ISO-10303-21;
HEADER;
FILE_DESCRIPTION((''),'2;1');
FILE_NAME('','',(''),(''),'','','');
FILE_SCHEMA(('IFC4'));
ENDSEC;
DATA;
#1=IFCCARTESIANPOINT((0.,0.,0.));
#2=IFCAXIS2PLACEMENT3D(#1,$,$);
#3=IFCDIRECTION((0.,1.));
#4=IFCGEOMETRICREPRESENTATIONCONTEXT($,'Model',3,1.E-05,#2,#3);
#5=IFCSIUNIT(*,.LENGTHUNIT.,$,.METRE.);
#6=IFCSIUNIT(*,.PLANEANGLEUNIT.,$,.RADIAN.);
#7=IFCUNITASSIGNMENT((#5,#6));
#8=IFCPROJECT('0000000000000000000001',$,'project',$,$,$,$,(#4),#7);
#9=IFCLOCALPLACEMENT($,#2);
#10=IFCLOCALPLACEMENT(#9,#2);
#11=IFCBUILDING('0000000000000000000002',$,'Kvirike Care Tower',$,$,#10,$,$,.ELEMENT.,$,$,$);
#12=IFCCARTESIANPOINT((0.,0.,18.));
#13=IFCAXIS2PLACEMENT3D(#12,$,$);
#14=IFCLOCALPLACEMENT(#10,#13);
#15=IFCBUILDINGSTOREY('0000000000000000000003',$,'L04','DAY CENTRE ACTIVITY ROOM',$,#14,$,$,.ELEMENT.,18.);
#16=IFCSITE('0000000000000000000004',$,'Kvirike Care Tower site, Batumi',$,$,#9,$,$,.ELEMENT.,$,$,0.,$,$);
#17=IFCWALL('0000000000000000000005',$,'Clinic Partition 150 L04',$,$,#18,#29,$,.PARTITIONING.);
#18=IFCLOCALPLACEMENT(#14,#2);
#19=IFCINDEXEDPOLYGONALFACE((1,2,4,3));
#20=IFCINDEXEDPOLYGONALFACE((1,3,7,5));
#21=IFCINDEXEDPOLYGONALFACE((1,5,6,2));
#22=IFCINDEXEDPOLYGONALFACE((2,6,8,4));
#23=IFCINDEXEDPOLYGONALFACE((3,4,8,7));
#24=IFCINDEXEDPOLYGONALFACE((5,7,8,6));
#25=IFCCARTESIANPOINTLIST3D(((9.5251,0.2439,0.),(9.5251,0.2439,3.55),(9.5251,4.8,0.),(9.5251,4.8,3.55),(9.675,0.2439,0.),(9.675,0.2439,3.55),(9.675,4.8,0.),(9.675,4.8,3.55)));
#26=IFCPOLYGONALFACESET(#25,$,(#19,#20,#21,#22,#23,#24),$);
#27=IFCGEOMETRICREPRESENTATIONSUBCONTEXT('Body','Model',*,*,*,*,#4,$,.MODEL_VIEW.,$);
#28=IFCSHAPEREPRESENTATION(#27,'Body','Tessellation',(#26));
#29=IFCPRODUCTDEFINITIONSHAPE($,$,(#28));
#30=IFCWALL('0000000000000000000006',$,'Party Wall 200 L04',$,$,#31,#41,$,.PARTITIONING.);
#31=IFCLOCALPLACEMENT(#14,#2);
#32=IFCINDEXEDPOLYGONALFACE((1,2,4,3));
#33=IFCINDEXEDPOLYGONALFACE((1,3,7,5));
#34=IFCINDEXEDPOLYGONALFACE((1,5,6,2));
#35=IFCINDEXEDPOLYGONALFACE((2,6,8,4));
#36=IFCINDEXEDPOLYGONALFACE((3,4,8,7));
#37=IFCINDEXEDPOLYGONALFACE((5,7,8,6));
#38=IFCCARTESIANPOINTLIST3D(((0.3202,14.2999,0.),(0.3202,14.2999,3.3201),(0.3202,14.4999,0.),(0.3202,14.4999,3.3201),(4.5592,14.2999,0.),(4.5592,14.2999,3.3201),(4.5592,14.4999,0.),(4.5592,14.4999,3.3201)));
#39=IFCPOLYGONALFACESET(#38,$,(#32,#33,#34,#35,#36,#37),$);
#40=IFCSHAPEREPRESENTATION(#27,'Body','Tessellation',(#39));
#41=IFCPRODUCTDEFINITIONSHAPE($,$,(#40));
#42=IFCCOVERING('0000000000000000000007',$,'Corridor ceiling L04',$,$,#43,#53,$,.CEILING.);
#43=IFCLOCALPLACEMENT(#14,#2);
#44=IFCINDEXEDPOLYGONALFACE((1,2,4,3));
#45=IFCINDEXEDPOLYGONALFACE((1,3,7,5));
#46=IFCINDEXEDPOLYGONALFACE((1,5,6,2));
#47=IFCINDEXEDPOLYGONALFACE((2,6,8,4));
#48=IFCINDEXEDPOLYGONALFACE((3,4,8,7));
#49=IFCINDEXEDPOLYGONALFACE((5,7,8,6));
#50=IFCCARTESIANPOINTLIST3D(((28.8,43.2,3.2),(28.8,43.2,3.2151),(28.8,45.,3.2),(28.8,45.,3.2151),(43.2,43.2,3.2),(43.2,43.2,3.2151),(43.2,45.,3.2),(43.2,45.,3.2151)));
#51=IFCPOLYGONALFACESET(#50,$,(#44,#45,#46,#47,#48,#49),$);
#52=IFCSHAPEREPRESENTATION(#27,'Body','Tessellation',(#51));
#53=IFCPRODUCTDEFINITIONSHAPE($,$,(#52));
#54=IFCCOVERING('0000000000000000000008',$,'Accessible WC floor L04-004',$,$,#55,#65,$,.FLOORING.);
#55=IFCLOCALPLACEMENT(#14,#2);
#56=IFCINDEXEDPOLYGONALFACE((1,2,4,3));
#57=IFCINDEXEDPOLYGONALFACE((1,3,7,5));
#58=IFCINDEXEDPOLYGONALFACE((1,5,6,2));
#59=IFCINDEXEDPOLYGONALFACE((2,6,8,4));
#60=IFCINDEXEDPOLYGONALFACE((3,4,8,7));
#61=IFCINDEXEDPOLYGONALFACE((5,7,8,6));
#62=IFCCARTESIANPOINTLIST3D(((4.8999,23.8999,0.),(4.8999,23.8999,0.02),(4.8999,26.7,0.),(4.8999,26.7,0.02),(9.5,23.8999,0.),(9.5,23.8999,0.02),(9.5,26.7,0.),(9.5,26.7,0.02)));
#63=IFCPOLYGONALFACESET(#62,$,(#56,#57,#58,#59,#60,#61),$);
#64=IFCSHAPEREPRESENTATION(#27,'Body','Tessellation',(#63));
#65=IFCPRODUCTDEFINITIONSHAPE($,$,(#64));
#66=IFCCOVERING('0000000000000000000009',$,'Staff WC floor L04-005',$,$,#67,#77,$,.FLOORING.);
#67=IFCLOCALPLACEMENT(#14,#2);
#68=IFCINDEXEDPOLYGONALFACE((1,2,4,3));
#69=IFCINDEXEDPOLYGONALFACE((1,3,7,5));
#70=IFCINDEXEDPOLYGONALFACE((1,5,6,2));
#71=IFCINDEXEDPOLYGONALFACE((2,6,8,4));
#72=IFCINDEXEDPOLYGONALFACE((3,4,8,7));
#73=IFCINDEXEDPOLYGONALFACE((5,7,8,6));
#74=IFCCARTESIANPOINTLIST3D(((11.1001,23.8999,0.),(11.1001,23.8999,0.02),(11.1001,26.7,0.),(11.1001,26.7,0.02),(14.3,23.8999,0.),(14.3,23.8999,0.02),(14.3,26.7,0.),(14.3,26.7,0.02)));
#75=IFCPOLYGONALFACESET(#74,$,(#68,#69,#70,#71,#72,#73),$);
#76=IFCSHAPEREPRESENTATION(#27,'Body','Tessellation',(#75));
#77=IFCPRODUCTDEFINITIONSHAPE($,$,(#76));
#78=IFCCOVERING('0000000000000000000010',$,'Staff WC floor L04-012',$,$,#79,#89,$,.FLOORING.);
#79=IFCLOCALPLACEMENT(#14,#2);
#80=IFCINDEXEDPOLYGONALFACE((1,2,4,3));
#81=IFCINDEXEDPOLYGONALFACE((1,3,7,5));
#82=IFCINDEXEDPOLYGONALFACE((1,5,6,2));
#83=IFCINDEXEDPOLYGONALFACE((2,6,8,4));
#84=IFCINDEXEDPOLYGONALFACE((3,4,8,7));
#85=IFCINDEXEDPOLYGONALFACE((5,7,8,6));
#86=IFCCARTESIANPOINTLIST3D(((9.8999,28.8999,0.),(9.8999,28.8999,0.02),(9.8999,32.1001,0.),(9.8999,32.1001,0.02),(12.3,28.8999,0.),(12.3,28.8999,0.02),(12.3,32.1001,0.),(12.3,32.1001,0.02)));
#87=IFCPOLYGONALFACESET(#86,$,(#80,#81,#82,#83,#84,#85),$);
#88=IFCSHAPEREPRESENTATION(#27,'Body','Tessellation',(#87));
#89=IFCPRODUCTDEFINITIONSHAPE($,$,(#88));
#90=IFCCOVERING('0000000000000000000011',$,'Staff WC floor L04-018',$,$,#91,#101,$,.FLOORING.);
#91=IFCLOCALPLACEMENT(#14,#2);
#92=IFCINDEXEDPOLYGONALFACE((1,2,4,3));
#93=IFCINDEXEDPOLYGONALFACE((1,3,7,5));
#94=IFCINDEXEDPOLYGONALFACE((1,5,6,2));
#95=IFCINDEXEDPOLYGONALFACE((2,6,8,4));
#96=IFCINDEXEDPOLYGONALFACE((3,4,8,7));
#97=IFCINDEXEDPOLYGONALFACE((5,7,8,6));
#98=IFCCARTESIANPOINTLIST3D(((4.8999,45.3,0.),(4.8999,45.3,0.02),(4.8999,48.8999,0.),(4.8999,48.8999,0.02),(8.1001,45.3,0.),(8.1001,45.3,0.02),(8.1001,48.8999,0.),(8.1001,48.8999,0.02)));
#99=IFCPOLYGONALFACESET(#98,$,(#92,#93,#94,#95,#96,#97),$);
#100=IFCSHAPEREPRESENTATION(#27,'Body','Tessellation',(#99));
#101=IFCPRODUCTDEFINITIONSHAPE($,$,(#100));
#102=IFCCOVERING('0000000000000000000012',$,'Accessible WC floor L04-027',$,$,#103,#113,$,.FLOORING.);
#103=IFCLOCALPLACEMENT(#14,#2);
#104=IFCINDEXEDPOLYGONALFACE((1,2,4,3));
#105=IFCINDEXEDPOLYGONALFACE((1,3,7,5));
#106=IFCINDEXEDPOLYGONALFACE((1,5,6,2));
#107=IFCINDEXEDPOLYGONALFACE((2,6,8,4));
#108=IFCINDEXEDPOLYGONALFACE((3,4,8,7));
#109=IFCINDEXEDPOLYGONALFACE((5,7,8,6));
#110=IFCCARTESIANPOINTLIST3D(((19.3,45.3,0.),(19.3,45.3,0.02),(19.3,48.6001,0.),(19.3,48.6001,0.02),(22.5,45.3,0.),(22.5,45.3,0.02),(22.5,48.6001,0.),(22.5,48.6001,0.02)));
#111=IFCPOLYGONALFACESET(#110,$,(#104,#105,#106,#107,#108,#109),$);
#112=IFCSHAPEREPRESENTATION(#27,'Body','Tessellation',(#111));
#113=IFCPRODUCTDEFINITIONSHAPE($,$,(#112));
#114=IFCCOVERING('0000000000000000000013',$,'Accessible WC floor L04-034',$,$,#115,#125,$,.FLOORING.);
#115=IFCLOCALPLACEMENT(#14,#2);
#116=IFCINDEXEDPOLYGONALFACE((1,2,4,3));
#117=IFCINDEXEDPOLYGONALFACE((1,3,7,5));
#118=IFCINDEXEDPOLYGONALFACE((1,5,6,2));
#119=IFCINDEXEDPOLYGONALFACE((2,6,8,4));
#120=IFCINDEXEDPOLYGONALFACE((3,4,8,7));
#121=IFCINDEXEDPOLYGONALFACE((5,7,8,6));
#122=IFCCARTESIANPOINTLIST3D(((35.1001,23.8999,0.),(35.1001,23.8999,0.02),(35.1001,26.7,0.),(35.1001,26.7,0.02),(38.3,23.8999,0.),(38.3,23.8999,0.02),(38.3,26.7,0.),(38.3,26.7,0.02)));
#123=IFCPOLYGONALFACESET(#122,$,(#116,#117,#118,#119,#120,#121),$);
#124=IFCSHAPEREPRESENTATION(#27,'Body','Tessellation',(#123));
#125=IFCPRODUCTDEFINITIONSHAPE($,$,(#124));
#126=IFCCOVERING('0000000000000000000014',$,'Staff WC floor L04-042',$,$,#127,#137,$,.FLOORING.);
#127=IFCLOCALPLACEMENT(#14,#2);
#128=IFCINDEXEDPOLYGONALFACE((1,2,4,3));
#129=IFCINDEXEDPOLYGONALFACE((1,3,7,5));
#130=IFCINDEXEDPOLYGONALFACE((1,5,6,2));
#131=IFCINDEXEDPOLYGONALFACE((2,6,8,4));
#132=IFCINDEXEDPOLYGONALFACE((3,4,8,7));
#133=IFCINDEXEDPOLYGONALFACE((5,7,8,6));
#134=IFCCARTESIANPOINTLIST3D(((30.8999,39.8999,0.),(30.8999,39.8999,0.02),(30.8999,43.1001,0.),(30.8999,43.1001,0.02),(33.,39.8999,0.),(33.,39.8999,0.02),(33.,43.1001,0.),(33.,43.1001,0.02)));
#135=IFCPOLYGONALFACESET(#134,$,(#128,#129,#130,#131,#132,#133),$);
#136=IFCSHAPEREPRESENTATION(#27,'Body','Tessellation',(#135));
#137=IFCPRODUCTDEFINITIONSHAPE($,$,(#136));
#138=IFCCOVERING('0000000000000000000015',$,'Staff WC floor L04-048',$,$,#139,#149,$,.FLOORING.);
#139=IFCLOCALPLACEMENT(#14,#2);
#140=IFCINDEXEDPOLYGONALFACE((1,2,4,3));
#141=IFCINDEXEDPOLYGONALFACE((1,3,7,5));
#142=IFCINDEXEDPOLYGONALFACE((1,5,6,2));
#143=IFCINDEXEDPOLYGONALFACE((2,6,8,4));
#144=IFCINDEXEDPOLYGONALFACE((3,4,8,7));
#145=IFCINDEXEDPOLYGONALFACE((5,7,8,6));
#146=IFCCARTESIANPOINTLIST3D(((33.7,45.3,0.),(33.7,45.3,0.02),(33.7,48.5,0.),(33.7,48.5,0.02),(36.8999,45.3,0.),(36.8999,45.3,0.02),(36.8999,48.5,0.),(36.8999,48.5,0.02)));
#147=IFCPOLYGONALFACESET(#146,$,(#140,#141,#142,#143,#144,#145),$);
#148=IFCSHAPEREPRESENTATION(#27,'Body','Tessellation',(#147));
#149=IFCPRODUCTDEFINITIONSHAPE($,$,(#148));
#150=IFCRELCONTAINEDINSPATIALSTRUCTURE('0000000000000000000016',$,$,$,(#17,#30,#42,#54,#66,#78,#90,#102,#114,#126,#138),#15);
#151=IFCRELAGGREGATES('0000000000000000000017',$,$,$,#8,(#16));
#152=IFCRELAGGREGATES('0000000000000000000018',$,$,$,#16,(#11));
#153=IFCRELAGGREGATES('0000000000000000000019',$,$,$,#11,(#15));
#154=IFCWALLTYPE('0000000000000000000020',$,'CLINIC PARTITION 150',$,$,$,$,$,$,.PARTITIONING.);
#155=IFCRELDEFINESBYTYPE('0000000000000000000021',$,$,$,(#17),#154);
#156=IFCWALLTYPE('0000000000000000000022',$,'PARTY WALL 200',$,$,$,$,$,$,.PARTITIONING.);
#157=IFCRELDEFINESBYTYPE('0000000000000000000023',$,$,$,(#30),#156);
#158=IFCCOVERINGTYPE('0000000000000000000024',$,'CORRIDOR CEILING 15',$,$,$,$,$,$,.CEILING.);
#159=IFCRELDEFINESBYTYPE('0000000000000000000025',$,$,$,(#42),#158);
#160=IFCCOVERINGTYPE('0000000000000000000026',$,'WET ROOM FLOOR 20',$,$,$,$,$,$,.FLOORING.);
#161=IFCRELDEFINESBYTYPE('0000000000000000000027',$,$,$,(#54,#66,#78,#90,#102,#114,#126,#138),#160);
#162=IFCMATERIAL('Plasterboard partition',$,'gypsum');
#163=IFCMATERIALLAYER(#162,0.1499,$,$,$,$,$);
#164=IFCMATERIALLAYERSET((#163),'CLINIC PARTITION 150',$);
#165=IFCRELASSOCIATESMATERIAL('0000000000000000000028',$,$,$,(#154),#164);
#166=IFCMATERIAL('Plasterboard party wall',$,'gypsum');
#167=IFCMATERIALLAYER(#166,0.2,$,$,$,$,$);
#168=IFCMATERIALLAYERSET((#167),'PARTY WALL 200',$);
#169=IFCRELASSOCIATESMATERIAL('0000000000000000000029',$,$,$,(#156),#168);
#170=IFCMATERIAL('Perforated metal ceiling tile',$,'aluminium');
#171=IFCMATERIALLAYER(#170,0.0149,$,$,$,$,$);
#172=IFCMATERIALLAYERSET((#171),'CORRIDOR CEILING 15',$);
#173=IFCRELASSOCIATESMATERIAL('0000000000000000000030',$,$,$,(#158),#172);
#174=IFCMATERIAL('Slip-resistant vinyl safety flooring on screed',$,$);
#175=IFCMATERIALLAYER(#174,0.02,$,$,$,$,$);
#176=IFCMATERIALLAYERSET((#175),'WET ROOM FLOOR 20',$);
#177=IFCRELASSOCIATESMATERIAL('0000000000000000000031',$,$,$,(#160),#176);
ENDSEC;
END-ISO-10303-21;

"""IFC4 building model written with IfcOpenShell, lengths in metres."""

from ifc_helpers import new_model, si_unit, direction, frame, frame_2d, origin, place, context, subcontext, project, spatial, polyline, rectangle, outline, extrude, material, layer, layer_set, type_object, element, save


model = new_model("IFC4")

# Units and contexts
model_context = context("Model", 3, precision=1e-05, world=origin(), true_north=direction((0.0, 1.0)))
body_context = subcontext(model_context, "Body", "Model", "MODEL_VIEW")
ifc_project = project(units=[si_unit("LENGTHUNIT", "METRE"), si_unit("PLANEANGLEUNIT", "RADIAN")], contexts=[model_context])

# Site, building, storey
site_placement = place(None, origin())
site = spatial("IfcSite", under=ifc_project, at=site_placement, Name="Kvirike Care Tower site, Batumi", CompositionType="ELEMENT", RefElevation=0.0)
building_placement = place(site_placement, origin())
building = spatial("IfcBuilding", under=site, at=building_placement, Name="Kvirike Care Tower", CompositionType="ELEMENT")
storey_placement = place(building_placement, frame((0.0, 0.0, 18.0)))
storey = spatial("IfcBuildingStorey", under=building, at=storey_placement, Name="L04", Description="DAY CENTRE ACTIVITY ROOM", CompositionType="ELEMENT", Elevation=18.0)

# Walls
ifc_material_1 = material(Name="Plasterboard partition", Category="gypsum")
ifc_layer_1 = layer(ifc_material_1, 0.1499)
ifc_layer_set_1 = layer_set([ifc_layer_1], Name="CLINIC PARTITION 150")
wall_type_1 = type_object("IfcWallType", Name="CLINIC PARTITION 150", PredefinedType="PARTITIONING", material=ifc_layer_set_1)
wall_1_placement = place(storey_placement, frame((9.6001, 0.2439, 0.0), z_axis=(0.0, 0.0, 1.0), x_axis=(0.0, 1.0, 0.0)))
element("IfcWall", 1, at=wall_1_placement, inside=storey, type_object=wall_type_1, Name="Clinic Partition 150 L04", PredefinedType="PARTITIONING", context=body_context, shape_type="SweptSolid", body=[
    extrude(rectangle(XDim=4.5562, YDim=0.1499, at=frame_2d((2.2781, 0.0))), origin(), (0.0, 0.0, 1.0), 3.55),
])
ifc_material_2 = material(Name="Plasterboard party wall", Category="gypsum")
ifc_layer_2 = layer(ifc_material_2, 0.2)
ifc_layer_set_2 = layer_set([ifc_layer_2], Name="PARTY WALL 200")
wall_type_2 = type_object("IfcWallType", Name="PARTY WALL 200", PredefinedType="PARTITIONING", material=ifc_layer_set_2)
wall_2_placement = place(storey_placement, frame((0.3201, 14.3999, 0.0), z_axis=(0.0, 0.0, 1.0), x_axis=(1.0, 0.0, 0.0)))
element("IfcWall", 2, at=wall_2_placement, inside=storey, type_object=wall_type_2, Name="Party Wall 200 L04", PredefinedType="PARTITIONING", context=body_context, shape_type="SweptSolid", body=[
    extrude(rectangle(XDim=4.239, YDim=0.2, at=frame_2d((2.1196, 0.0))), origin(), (0.0, 0.0, 1.0), 3.3201),
])

# Coverings
ifc_material_3 = material(Name="Perforated metal ceiling tile", Category="aluminium")
ifc_layer_3 = layer(ifc_material_3, 0.0149)
ifc_layer_set_3 = layer_set([ifc_layer_3], Name="CORRIDOR CEILING 15")
covering_type_1 = type_object("IfcCoveringType", Name="CORRIDOR CEILING 15", PredefinedType="CEILING", material=ifc_layer_set_3)
covering_1_placement = place(storey_placement, frame((0.0, 0.0, 3.2)))
element("IfcCovering", 3, at=covering_1_placement, inside=storey, type_object=covering_type_1, Name="Corridor ceiling L04", PredefinedType="CEILING", context=body_context, shape_type="SweptSolid", body=[
    extrude(outline(polyline([(43.2, 45.0), (43.2, 43.2), (28.8, 43.2), (28.8, 45.0), (43.2, 45.0)])), origin(), (0.0, 0.0, 1.0), 0.0151),
])
ifc_material_4 = material(Name="Slip-resistant vinyl safety flooring on screed")
ifc_layer_4 = layer(ifc_material_4, 0.02)
ifc_layer_set_4 = layer_set([ifc_layer_4], Name="WET ROOM FLOOR 20")
covering_type_2 = type_object("IfcCoveringType", Name="WET ROOM FLOOR 20", PredefinedType="FLOORING", material=ifc_layer_set_4)
covering_2_placement = place(storey_placement, origin())
element("IfcCovering", 4, at=covering_2_placement, inside=storey, type_object=covering_type_2, Name="Accessible WC floor L04-004", PredefinedType="FLOORING", context=body_context, shape_type="SweptSolid", body=[
    extrude(outline(polyline([(4.8999, 26.7), (9.5, 26.7), (9.5, 23.8999), (4.8999, 23.8999), (4.8999, 26.7)])), origin(), (0.0, 0.0, 1.0), 0.02),
])
covering_3_placement = place(storey_placement, origin())
element("IfcCovering", 5, at=covering_3_placement, inside=storey, type_object=covering_type_2, Name="Staff WC floor L04-005", PredefinedType="FLOORING", context=body_context, shape_type="SweptSolid", body=[
    extrude(outline(polyline([(11.1001, 26.7), (14.3, 26.7), (14.3, 23.8999), (11.1001, 23.8999), (11.1001, 26.7)])), origin(), (0.0, 0.0, 1.0), 0.02),
])
covering_4_placement = place(storey_placement, origin())
element("IfcCovering", 6, at=covering_4_placement, inside=storey, type_object=covering_type_2, Name="Staff WC floor L04-012", PredefinedType="FLOORING", context=body_context, shape_type="SweptSolid", body=[
    extrude(outline(polyline([(12.3, 32.1001), (12.3, 28.8999), (9.8999, 28.8999), (9.8999, 32.1001), (12.3, 32.1001)])), origin(), (0.0, 0.0, 1.0), 0.02),
])
covering_5_placement = place(storey_placement, origin())
element("IfcCovering", 7, at=covering_5_placement, inside=storey, type_object=covering_type_2, Name="Staff WC floor L04-018", PredefinedType="FLOORING", context=body_context, shape_type="SweptSolid", body=[
    extrude(outline(polyline([(8.1001, 45.3), (4.8999, 45.3), (4.8999, 48.8999), (8.1001, 48.8999), (8.1001, 45.3)])), origin(), (0.0, 0.0, 1.0), 0.02),
])
covering_6_placement = place(storey_placement, origin())
element("IfcCovering", 8, at=covering_6_placement, inside=storey, type_object=covering_type_2, Name="Accessible WC floor L04-027", PredefinedType="FLOORING", context=body_context, shape_type="SweptSolid", body=[
    extrude(outline(polyline([(22.5, 45.3), (19.3, 45.3), (19.3, 48.6001), (22.5, 48.6001), (22.5, 45.3)])), origin(), (0.0, 0.0, 1.0), 0.02),
])
covering_7_placement = place(storey_placement, origin())
element("IfcCovering", 9, at=covering_7_placement, inside=storey, type_object=covering_type_2, Name="Accessible WC floor L04-034", PredefinedType="FLOORING", context=body_context, shape_type="SweptSolid", body=[
    extrude(outline(polyline([(35.1001, 26.7), (38.3, 26.7), (38.3, 23.8999), (35.1001, 23.8999), (35.1001, 26.7)])), origin(), (0.0, 0.0, 1.0), 0.02),
])
covering_8_placement = place(storey_placement, origin())
element("IfcCovering", 10, at=covering_8_placement, inside=storey, type_object=covering_type_2, Name="Staff WC floor L04-042", PredefinedType="FLOORING", context=body_context, shape_type="SweptSolid", body=[
    extrude(outline(polyline([(30.8999, 39.8999), (30.8999, 43.1001), (33.0, 43.1001), (33.0, 39.8999), (30.8999, 39.8999)])), origin(), (0.0, 0.0, 1.0), 0.02),
])
covering_9_placement = place(storey_placement, origin())
element("IfcCovering", 11, at=covering_9_placement, inside=storey, type_object=covering_type_2, Name="Staff WC floor L04-048", PredefinedType="FLOORING", context=body_context, shape_type="SweptSolid", body=[
    extrude(outline(polyline([(36.8999, 45.3), (33.7, 45.3), (33.7, 48.5), (36.8999, 48.5), (36.8999, 45.3)])), origin(), (0.0, 0.0, 1.0), 0.02),
])

save(model, "model.ifc")
